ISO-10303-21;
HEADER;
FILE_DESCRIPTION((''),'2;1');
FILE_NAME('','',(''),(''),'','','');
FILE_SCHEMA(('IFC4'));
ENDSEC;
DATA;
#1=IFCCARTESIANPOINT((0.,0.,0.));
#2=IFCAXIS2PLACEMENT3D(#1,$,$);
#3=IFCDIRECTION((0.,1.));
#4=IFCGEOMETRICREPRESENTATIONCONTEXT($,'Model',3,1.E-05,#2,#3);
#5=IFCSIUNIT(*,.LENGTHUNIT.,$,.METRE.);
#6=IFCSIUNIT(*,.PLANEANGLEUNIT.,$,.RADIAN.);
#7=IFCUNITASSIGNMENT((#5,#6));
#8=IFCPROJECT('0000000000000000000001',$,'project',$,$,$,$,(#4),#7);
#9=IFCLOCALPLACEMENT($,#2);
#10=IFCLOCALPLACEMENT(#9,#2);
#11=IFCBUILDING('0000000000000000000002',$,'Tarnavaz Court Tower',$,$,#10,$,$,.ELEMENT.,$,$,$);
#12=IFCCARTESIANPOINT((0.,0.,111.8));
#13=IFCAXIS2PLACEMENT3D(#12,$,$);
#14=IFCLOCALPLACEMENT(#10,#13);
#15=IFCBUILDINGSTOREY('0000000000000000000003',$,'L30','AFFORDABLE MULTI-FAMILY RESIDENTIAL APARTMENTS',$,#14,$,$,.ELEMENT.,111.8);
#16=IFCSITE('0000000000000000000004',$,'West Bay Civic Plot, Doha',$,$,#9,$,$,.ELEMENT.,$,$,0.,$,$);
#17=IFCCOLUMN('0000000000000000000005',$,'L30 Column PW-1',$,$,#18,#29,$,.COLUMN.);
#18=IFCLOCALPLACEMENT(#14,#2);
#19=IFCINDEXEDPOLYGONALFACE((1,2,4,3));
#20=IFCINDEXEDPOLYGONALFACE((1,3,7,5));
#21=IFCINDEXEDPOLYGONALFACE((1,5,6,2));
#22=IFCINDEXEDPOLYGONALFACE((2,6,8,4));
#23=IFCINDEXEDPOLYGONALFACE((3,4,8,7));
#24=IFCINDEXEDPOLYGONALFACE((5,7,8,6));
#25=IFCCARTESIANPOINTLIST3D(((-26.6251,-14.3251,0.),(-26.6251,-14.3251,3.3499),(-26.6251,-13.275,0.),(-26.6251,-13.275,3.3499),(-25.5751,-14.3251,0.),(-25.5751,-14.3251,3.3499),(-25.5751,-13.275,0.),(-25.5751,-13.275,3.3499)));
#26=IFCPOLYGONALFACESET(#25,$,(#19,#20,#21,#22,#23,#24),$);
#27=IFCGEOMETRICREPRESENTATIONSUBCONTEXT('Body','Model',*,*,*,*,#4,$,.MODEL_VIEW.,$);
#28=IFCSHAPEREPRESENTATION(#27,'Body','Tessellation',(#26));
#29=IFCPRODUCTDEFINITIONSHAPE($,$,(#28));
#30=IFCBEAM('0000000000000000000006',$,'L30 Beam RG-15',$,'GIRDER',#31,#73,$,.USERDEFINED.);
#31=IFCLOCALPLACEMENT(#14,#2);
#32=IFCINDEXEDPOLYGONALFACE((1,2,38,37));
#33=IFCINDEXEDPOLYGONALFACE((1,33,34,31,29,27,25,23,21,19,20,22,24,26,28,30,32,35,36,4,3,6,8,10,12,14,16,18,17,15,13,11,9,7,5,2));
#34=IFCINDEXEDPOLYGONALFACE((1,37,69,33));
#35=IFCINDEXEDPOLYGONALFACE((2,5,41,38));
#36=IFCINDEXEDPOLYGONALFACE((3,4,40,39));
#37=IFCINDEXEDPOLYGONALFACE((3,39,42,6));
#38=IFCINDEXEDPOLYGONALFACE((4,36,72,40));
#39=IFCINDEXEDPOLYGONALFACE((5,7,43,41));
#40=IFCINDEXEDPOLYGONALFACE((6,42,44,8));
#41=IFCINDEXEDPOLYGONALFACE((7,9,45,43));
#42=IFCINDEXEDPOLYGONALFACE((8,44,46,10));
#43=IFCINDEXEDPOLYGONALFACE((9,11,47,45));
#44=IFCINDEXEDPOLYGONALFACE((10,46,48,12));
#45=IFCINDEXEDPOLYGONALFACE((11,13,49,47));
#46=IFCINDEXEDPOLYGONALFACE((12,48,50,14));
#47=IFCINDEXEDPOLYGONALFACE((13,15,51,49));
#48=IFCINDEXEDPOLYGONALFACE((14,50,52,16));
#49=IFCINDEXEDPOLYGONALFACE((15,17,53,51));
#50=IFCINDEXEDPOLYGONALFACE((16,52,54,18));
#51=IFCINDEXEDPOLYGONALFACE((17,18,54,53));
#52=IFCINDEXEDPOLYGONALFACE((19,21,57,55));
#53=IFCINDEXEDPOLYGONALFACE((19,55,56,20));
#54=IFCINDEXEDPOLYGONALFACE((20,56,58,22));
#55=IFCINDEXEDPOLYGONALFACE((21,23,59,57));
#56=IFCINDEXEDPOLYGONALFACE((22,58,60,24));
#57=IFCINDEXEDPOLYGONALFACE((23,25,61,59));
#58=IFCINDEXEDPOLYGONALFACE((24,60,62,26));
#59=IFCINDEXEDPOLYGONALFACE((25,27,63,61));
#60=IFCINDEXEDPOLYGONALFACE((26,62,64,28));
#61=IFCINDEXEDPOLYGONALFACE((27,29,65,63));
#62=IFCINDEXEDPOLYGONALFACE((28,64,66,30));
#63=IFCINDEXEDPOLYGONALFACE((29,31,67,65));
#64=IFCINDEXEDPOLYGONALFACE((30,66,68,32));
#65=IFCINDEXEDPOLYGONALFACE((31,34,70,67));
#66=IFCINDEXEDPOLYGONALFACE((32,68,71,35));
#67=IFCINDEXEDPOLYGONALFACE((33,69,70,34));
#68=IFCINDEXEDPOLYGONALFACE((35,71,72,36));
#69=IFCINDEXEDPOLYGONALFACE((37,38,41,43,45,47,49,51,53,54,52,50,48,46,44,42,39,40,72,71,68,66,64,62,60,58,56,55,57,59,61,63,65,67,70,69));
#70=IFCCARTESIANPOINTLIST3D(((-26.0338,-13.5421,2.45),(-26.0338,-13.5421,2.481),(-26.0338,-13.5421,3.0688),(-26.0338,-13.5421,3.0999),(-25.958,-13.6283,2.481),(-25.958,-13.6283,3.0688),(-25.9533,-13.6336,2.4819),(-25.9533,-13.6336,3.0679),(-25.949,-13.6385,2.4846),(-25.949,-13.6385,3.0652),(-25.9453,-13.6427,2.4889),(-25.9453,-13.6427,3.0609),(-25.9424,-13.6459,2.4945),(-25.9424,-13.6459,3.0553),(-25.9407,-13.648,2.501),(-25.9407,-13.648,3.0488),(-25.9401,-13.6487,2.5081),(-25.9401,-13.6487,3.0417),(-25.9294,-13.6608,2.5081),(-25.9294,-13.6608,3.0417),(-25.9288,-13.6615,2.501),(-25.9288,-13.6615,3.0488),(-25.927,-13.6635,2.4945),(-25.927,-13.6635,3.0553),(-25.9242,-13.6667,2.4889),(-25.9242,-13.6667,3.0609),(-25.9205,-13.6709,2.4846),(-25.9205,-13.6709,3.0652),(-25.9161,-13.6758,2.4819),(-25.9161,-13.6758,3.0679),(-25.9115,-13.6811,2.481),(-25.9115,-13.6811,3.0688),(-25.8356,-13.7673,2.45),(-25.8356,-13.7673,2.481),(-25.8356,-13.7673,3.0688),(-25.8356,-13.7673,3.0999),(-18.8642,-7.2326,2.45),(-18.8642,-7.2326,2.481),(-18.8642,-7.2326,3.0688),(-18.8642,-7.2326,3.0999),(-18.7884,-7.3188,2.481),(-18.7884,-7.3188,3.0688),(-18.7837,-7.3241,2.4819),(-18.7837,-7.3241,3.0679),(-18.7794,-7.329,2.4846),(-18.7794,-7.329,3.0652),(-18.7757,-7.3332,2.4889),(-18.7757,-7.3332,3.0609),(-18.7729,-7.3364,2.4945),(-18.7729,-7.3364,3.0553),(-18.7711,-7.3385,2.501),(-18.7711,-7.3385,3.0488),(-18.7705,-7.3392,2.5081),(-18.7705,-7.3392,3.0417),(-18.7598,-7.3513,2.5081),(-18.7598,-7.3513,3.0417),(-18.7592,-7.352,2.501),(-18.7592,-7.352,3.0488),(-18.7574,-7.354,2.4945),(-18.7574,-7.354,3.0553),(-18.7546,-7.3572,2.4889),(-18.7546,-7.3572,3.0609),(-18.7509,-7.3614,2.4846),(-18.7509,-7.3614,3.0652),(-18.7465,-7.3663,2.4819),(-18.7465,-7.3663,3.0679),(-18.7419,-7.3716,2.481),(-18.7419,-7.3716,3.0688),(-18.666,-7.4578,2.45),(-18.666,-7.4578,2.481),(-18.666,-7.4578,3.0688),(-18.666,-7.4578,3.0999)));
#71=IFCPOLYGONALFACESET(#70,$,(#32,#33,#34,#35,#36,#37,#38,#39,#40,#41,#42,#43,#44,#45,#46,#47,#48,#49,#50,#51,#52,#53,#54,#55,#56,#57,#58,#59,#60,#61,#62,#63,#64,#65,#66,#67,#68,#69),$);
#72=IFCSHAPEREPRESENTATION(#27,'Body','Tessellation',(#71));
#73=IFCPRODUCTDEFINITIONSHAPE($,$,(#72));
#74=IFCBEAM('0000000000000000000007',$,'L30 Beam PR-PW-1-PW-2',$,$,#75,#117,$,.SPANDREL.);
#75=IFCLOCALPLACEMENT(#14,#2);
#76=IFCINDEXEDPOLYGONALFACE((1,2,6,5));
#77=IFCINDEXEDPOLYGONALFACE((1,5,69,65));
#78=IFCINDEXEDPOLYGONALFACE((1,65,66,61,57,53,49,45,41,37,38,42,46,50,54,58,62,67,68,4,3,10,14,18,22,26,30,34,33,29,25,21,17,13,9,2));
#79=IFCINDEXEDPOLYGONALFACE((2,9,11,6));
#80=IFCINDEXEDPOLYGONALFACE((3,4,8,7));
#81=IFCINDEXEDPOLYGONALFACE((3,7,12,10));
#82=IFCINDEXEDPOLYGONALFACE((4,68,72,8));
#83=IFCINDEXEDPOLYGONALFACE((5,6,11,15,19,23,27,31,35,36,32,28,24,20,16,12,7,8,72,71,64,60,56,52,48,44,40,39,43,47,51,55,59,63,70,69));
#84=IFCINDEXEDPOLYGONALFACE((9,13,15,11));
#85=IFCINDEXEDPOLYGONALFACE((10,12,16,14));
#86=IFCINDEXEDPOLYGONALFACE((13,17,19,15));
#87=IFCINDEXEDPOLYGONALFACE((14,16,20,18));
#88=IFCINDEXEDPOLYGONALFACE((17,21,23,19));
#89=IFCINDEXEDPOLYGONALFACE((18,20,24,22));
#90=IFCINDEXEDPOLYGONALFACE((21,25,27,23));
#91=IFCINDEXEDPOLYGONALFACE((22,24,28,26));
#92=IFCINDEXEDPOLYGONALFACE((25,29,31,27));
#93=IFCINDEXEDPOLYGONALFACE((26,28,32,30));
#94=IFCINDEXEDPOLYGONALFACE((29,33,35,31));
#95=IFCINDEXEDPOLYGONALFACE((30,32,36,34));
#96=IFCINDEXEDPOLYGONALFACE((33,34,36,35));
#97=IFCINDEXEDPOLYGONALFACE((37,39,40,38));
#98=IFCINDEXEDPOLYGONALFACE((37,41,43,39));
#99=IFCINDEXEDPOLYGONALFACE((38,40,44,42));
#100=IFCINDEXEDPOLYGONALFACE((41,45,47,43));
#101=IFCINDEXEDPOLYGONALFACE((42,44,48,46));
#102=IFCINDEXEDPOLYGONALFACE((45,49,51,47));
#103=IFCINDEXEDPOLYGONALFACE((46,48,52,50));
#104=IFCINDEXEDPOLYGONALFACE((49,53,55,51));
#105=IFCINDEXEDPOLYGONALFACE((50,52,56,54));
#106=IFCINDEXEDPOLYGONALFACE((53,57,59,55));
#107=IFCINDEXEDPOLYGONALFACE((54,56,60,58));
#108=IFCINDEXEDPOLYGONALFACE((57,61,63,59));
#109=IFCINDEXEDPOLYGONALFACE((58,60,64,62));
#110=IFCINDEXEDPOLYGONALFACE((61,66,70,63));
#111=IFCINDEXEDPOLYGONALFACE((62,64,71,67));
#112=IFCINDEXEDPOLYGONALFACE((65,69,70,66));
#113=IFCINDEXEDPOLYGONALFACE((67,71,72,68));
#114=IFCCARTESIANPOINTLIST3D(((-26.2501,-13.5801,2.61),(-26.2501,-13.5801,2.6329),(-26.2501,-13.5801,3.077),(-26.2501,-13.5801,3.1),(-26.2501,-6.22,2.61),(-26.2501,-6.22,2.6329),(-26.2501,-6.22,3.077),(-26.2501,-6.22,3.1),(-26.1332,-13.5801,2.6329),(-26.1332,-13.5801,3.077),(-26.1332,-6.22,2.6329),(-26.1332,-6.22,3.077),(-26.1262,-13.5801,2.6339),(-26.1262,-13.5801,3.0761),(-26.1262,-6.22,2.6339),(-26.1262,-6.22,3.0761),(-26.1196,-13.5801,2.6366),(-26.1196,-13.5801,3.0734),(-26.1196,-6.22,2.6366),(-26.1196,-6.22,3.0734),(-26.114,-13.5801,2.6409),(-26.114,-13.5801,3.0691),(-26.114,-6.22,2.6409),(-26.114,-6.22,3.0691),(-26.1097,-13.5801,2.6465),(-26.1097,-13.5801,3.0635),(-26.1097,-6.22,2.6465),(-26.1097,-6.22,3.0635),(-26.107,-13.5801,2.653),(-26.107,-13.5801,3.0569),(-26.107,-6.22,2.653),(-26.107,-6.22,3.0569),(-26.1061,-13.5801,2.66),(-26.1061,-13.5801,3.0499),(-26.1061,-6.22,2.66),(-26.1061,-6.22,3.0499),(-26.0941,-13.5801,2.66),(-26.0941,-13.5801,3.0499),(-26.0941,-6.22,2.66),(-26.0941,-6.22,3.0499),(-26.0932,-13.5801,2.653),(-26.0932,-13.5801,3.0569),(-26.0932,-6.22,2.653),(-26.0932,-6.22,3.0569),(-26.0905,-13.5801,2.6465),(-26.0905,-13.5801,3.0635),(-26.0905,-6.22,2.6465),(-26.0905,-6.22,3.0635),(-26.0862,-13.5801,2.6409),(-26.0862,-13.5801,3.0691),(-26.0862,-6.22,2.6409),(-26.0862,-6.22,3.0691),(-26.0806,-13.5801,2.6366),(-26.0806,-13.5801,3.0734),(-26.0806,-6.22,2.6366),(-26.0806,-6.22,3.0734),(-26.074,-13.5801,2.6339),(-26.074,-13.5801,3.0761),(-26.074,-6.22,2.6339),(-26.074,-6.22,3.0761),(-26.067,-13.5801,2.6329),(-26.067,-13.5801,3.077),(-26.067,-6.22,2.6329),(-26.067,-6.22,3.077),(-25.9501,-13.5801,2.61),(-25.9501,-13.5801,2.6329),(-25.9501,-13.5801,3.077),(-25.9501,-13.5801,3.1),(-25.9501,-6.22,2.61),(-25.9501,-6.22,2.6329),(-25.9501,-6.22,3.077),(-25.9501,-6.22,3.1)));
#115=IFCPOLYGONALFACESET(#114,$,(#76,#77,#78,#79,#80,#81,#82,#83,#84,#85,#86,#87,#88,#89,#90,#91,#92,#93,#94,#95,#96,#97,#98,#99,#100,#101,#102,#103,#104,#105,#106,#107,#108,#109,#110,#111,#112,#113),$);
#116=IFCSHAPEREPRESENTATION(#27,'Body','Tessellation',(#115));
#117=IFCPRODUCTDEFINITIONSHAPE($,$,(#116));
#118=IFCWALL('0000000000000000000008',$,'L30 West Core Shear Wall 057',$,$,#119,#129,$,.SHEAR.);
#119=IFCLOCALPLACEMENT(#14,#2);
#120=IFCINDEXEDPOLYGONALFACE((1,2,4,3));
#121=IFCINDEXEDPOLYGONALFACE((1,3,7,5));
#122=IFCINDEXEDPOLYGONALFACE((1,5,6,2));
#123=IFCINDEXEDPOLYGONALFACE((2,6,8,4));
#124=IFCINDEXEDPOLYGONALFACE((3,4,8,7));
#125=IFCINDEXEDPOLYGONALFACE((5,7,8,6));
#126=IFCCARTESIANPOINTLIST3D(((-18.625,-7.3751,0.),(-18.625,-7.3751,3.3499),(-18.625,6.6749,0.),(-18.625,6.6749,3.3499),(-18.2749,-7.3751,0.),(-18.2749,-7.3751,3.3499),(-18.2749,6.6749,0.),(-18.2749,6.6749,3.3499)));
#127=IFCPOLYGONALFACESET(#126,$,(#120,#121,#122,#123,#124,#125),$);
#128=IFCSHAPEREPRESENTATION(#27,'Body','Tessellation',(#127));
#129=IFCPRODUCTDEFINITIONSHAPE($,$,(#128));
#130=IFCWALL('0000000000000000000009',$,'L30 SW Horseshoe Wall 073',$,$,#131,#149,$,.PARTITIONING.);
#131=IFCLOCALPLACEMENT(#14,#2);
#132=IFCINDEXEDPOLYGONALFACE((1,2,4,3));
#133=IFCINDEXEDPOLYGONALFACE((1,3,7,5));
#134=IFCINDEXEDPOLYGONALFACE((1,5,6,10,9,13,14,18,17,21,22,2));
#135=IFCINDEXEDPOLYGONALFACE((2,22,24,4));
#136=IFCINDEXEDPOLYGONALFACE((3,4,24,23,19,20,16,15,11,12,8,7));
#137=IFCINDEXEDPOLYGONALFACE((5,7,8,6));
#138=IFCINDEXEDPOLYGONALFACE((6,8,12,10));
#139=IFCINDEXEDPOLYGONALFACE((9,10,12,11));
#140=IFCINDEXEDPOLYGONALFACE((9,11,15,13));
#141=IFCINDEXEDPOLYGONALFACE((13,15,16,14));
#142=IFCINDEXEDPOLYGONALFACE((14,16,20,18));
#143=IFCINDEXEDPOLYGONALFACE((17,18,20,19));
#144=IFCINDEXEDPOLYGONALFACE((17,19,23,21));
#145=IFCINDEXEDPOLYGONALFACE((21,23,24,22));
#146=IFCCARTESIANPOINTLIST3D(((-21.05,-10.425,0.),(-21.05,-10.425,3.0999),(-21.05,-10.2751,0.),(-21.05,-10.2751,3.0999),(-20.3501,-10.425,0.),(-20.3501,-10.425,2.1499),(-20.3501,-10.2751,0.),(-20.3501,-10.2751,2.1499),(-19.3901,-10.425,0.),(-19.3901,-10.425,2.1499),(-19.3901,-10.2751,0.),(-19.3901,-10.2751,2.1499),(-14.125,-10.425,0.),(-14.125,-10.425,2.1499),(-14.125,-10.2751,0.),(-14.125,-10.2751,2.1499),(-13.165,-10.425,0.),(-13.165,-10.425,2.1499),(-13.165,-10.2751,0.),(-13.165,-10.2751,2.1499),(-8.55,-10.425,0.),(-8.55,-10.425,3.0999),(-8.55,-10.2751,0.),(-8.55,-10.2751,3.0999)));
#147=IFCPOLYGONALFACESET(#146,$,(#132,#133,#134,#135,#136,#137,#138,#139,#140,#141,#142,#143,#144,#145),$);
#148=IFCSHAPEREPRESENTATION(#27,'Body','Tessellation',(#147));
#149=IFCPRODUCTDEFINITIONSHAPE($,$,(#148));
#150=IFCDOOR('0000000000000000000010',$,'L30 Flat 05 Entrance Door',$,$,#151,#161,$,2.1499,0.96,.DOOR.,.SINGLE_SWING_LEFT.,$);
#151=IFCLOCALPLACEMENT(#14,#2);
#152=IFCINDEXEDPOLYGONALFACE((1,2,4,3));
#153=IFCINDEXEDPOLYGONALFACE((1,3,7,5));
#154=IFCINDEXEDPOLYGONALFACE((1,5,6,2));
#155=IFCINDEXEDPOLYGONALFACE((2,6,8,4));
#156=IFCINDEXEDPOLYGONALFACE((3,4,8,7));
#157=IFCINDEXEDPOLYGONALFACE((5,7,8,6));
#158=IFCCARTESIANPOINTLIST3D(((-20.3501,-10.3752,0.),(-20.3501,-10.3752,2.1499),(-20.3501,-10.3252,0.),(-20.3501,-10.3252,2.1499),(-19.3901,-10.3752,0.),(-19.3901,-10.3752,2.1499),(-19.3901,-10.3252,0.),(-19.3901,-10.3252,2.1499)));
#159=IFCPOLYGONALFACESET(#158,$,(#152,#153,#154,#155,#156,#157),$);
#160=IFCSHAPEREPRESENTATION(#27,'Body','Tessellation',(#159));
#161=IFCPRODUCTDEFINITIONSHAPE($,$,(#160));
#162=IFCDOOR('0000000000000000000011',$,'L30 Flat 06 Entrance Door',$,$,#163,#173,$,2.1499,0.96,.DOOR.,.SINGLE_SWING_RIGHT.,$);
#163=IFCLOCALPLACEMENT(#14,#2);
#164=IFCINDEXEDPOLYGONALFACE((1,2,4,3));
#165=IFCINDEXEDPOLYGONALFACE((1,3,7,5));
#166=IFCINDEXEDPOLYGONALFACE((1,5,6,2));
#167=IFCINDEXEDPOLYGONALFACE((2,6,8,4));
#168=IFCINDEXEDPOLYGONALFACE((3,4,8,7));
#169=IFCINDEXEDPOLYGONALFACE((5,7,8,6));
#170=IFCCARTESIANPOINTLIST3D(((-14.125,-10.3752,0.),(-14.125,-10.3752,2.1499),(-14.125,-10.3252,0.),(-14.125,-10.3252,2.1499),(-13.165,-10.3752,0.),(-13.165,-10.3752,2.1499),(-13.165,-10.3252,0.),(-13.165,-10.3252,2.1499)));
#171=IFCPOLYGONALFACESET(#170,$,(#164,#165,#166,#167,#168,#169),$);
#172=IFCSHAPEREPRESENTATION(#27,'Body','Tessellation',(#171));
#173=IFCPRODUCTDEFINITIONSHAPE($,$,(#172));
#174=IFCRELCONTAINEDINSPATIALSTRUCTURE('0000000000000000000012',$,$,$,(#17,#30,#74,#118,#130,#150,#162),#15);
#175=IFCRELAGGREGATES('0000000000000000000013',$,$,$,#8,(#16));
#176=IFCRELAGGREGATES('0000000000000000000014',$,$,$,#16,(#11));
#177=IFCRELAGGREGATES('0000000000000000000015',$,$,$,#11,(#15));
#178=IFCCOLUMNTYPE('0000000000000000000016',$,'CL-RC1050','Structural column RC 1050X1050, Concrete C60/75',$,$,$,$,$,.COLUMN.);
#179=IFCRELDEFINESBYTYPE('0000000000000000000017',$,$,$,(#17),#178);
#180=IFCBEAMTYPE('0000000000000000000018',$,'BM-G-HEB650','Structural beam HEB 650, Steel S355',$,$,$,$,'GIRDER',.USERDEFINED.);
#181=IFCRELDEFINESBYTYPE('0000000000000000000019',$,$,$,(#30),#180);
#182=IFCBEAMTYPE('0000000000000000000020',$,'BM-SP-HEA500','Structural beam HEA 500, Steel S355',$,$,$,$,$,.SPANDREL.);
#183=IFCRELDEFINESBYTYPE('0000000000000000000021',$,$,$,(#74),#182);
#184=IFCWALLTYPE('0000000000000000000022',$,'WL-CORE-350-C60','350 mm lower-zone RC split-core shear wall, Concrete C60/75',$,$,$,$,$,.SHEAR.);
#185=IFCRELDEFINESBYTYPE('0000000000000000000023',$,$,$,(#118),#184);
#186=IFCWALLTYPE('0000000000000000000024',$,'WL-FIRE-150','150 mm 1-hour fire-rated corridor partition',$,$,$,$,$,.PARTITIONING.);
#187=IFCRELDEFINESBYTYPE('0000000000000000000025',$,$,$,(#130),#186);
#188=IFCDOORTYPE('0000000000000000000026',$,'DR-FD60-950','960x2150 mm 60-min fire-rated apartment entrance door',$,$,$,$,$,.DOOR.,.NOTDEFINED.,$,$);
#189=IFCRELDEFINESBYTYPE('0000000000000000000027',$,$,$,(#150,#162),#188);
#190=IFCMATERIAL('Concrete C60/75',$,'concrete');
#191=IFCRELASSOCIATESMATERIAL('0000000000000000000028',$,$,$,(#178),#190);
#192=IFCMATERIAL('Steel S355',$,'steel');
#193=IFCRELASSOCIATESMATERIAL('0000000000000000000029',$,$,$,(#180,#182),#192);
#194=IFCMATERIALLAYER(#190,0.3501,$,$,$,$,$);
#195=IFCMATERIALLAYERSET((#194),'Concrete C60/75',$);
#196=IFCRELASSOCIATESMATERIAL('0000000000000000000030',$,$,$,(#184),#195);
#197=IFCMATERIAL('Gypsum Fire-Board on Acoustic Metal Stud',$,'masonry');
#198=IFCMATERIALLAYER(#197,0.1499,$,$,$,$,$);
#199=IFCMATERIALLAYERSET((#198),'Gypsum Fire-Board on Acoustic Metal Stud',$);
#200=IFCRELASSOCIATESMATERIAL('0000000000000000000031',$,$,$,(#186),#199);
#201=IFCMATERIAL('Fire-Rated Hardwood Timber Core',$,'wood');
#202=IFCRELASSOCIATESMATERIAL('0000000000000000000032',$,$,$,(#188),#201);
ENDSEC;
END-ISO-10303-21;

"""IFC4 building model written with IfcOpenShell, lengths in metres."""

from ifc_helpers import new_model, si_unit, direction, frame, frame_2d, origin, origin_2d, place, context, subcontext, project, spatial, rectangle, i_section, extrude, material, layer, layer_set, material_profile, profile_set, type_object, element, fill, save


model = new_model("IFC4")

# Units and contexts
model_context = context("Model", 3, precision=1e-05, world=origin(), true_north=direction((0.0, 1.0)))
body_context = subcontext(model_context, "Body", "Model", "MODEL_VIEW")
ifc_project = project(units=[si_unit("LENGTHUNIT", "METRE"), si_unit("PLANEANGLEUNIT", "RADIAN")], contexts=[model_context])

# Site, building, storey
site_placement = place(None, origin())
site = spatial("IfcSite", under=ifc_project, at=site_placement, Name="West Bay Civic Plot, Doha", CompositionType="ELEMENT", RefElevation=0.0)
building_placement = place(site_placement, origin())
building = spatial("IfcBuilding", under=site, at=building_placement, Name="Tarnavaz Court Tower", CompositionType="ELEMENT")
storey_placement = place(building_placement, frame((0.0, 0.0, 111.8)))
storey = spatial("IfcBuildingStorey", under=building, at=storey_placement, Name="L30", Description="AFFORDABLE MULTI-FAMILY RESIDENTIAL APARTMENTS", CompositionType="ELEMENT", Elevation=111.8)

# Column
ifc_material_1 = material(Name="Concrete C60/75", Category="concrete")
ifc_material_profile_1 = material_profile(ifc_material_1, rectangle(XDim=1.05, YDim=1.05, at=origin_2d()), Name="RC 1050X1050")
ifc_profile_set_1 = profile_set([ifc_material_profile_1], Name="Concrete C60/75")
column_type = type_object("IfcColumnType", Name="CL-RC1050", Description="Structural column RC 1050X1050, Concrete C60/75", PredefinedType="COLUMN", material=ifc_profile_set_1)
column_placement = place(storey_placement, frame((-26.1001, -13.8, 0.0), z_axis=(0.0, 0.0, 1.0), x_axis=(1.0, 0.0, 0.0)))
element("IfcColumn", 1, at=column_placement, inside=storey, type_object=column_type, Name="L30 Column PW-1", PredefinedType="COLUMN", context=body_context, shape_type="SweptSolid", body=[
    extrude(rectangle(XDim=1.05, YDim=1.05, at=origin_2d()), origin(), (0.0, 0.0, 1.0), 3.3499),
])

# Beams
ifc_material_2 = material(Name="Steel S355", Category="steel")
ifc_material_profile_2 = material_profile(ifc_material_2, i_section(OverallWidth=0.3, OverallDepth=0.6499, WebThickness=0.0161, FlangeThickness=0.031, FilletRadius=0.0271, at=origin_2d()), Name="HEB 650")
ifc_profile_set_2 = profile_set([ifc_material_profile_2], Name="Steel S355")
beam_type_1 = type_object("IfcBeamType", Name="BM-G-HEB650", Description="Structural beam HEB 650, Steel S355", ElementType="GIRDER", PredefinedType="USERDEFINED", material=ifc_profile_set_2)
beam_1_placement = place(storey_placement, frame((-18.7651, -7.3452, 2.7749), z_axis=(-0.7507, -0.660643, 0.0), x_axis=(0.660643, -0.7507, 0.0)))
element("IfcBeam", 2, at=beam_1_placement, inside=storey, type_object=beam_type_1, Name="L30 Beam RG-15", ObjectType="GIRDER", PredefinedType="USERDEFINED", context=body_context, shape_type="SweptSolid", body=[
    extrude(i_section(OverallWidth=0.3, OverallDepth=0.6499, WebThickness=0.0161, FlangeThickness=0.031, FilletRadius=0.0271, at=origin_2d()), origin(), (0.0, 0.0, 1.0), 9.5505),
])
ifc_material_profile_3 = material_profile(ifc_material_2, i_section(OverallWidth=0.3, OverallDepth=0.49, WebThickness=0.012, FlangeThickness=0.0229, FilletRadius=0.0271, at=origin_2d()), Name="HEA 500")
ifc_profile_set_3 = profile_set([ifc_material_profile_3], Name="Steel S355")
beam_type_2 = type_object("IfcBeamType", Name="BM-SP-HEA500", Description="Structural beam HEA 500, Steel S355", PredefinedType="SPANDREL", material=ifc_profile_set_3)
beam_2_placement = place(storey_placement, frame((-26.1001, -13.5801, 2.855), z_axis=(0.0, 1.0, 0.0), x_axis=(-1.0, 0.0, 0.0)))
element("IfcBeam", 3, at=beam_2_placement, inside=storey, type_object=beam_type_2, Name="L30 Beam PR-PW-1-PW-2", PredefinedType="SPANDREL", context=body_context, shape_type="SweptSolid", body=[
    extrude(i_section(OverallWidth=0.3, OverallDepth=0.49, WebThickness=0.012, FlangeThickness=0.0229, FilletRadius=0.0271, at=origin_2d()), origin(), (0.0, 0.0, 1.0), 7.3601),
])

# Wall
ifc_layer_1 = layer(ifc_material_1, 0.3501)
ifc_layer_set_1 = layer_set([ifc_layer_1], Name="Concrete C60/75")
wall_type_1 = type_object("IfcWallType", Name="WL-CORE-350-C60", Description="350 mm lower-zone RC split-core shear wall, Concrete C60/75", PredefinedType="SHEAR", material=ifc_layer_set_1)
wall_1_placement = place(storey_placement, frame((-18.45, -7.375, 0.0), z_axis=(0.0, 0.0, 1.0), x_axis=(0.0, 1.0, 0.0)))
element("IfcWall", 4, at=wall_1_placement, inside=storey, type_object=wall_type_1, Name="L30 West Core Shear Wall 057", PredefinedType="SHEAR", context=body_context, shape_type="SweptSolid", body=[
    extrude(rectangle(XDim=14.05, YDim=0.3501, at=frame_2d((7.0249, 0.0))), origin(), (0.0, 0.0, 1.0), 3.3499),
])

# Wall, openings, doors
ifc_material_3 = material(Name="Gypsum Fire-Board on Acoustic Metal Stud", Category="masonry")
ifc_layer_2 = layer(ifc_material_3, 0.1499)
ifc_layer_set_2 = layer_set([ifc_layer_2], Name="Gypsum Fire-Board on Acoustic Metal Stud")
wall_type_2 = type_object("IfcWallType", Name="WL-FIRE-150", Description="150 mm 1-hour fire-rated corridor partition", PredefinedType="PARTITIONING", material=ifc_layer_set_2)
wall_2_placement = place(storey_placement, frame((-21.05, -10.3501, 0.0), z_axis=(0.0, 0.0, 1.0), x_axis=(1.0, 0.0, 0.0)))
wall_2 = element("IfcWall", 5, at=wall_2_placement, inside=storey, type_object=wall_type_2, Name="L30 SW Horseshoe Wall 073", PredefinedType="PARTITIONING", context=body_context, shape_type="SweptSolid", body=[
    extrude(rectangle(XDim=12.5, YDim=0.1499, at=frame_2d((6.25, 0.0))), origin(), (0.0, 0.0, 1.0), 3.0999),
])
opening_1_placement = place(wall_2_placement, frame((0.7, 0.0, 0.0)))
opening_1 = element("IfcOpeningElement", 6, at=opening_1_placement, cuts=wall_2, PredefinedType="OPENING", context=body_context, shape_type="SweptSolid", body=[
    extrude(rectangle(XDim=0.96, YDim=2.1499, at=frame_2d((0.48, 1.075))), frame((0.0, 0.085, 0.0), z_axis=(0.0, -1.0, 0.0), x_axis=(1.0, 0.0, 0.0)), (0.0, 0.0, 1.0), 0.1699),
])
opening_2_placement = place(wall_2_placement, frame((6.925, 0.0, 0.0)))
opening_2 = element("IfcOpeningElement", 7, at=opening_2_placement, cuts=wall_2, PredefinedType="OPENING", context=body_context, shape_type="SweptSolid", body=[
    extrude(rectangle(XDim=0.96, YDim=2.1499, at=frame_2d((0.48, 1.075))), frame((0.0, 0.085, 0.0), z_axis=(0.0, -1.0, 0.0), x_axis=(1.0, 0.0, 0.0)), (0.0, 0.0, 1.0), 0.1699),
])
ifc_material_4 = material(Name="Fire-Rated Hardwood Timber Core", Category="wood")
door_type_1 = type_object("IfcDoorType", Name="DR-FD60-950", Description="960x2150 mm 60-min fire-rated apartment entrance door", OperationType="NOTDEFINED", PredefinedType="DOOR", material=ifc_material_4)
door_1_placement = place(opening_1_placement, origin())
door_1 = element("IfcDoor", 8, at=door_1_placement, inside=storey, type_object=door_type_1, Name="L30 Flat 05 Entrance Door", OperationType="SINGLE_SWING_LEFT", OverallHeight=2.1499, OverallWidth=0.96, PredefinedType="DOOR", context=body_context, shape_type="SweptSolid", body=[
    extrude(rectangle(XDim=0.96, YDim=2.1499, at=frame_2d((0.48, 1.075))), frame((0.0, 0.0249, 0.0), z_axis=(0.0, -1.0, 0.0), x_axis=(1.0, 0.0, 0.0)), (0.0, 0.0, 1.0), 0.05),
])
fill(opening_1, door_1)
door_2_placement = place(opening_2_placement, origin())
door_2 = element("IfcDoor", 9, at=door_2_placement, inside=storey, type_object=door_type_1, Name="L30 Flat 06 Entrance Door", OperationType="SINGLE_SWING_RIGHT", OverallHeight=2.1499, OverallWidth=0.96, PredefinedType="DOOR", context=body_context, shape_type="SweptSolid", body=[
    extrude(rectangle(XDim=0.96, YDim=2.1499, at=frame_2d((0.48, 1.075))), frame((0.0, 0.0249, 0.0), z_axis=(0.0, -1.0, 0.0), x_axis=(1.0, 0.0, 0.0)), (0.0, 0.0, 1.0), 0.05),
])
fill(opening_2, door_2)

save(model, "model.ifc")
